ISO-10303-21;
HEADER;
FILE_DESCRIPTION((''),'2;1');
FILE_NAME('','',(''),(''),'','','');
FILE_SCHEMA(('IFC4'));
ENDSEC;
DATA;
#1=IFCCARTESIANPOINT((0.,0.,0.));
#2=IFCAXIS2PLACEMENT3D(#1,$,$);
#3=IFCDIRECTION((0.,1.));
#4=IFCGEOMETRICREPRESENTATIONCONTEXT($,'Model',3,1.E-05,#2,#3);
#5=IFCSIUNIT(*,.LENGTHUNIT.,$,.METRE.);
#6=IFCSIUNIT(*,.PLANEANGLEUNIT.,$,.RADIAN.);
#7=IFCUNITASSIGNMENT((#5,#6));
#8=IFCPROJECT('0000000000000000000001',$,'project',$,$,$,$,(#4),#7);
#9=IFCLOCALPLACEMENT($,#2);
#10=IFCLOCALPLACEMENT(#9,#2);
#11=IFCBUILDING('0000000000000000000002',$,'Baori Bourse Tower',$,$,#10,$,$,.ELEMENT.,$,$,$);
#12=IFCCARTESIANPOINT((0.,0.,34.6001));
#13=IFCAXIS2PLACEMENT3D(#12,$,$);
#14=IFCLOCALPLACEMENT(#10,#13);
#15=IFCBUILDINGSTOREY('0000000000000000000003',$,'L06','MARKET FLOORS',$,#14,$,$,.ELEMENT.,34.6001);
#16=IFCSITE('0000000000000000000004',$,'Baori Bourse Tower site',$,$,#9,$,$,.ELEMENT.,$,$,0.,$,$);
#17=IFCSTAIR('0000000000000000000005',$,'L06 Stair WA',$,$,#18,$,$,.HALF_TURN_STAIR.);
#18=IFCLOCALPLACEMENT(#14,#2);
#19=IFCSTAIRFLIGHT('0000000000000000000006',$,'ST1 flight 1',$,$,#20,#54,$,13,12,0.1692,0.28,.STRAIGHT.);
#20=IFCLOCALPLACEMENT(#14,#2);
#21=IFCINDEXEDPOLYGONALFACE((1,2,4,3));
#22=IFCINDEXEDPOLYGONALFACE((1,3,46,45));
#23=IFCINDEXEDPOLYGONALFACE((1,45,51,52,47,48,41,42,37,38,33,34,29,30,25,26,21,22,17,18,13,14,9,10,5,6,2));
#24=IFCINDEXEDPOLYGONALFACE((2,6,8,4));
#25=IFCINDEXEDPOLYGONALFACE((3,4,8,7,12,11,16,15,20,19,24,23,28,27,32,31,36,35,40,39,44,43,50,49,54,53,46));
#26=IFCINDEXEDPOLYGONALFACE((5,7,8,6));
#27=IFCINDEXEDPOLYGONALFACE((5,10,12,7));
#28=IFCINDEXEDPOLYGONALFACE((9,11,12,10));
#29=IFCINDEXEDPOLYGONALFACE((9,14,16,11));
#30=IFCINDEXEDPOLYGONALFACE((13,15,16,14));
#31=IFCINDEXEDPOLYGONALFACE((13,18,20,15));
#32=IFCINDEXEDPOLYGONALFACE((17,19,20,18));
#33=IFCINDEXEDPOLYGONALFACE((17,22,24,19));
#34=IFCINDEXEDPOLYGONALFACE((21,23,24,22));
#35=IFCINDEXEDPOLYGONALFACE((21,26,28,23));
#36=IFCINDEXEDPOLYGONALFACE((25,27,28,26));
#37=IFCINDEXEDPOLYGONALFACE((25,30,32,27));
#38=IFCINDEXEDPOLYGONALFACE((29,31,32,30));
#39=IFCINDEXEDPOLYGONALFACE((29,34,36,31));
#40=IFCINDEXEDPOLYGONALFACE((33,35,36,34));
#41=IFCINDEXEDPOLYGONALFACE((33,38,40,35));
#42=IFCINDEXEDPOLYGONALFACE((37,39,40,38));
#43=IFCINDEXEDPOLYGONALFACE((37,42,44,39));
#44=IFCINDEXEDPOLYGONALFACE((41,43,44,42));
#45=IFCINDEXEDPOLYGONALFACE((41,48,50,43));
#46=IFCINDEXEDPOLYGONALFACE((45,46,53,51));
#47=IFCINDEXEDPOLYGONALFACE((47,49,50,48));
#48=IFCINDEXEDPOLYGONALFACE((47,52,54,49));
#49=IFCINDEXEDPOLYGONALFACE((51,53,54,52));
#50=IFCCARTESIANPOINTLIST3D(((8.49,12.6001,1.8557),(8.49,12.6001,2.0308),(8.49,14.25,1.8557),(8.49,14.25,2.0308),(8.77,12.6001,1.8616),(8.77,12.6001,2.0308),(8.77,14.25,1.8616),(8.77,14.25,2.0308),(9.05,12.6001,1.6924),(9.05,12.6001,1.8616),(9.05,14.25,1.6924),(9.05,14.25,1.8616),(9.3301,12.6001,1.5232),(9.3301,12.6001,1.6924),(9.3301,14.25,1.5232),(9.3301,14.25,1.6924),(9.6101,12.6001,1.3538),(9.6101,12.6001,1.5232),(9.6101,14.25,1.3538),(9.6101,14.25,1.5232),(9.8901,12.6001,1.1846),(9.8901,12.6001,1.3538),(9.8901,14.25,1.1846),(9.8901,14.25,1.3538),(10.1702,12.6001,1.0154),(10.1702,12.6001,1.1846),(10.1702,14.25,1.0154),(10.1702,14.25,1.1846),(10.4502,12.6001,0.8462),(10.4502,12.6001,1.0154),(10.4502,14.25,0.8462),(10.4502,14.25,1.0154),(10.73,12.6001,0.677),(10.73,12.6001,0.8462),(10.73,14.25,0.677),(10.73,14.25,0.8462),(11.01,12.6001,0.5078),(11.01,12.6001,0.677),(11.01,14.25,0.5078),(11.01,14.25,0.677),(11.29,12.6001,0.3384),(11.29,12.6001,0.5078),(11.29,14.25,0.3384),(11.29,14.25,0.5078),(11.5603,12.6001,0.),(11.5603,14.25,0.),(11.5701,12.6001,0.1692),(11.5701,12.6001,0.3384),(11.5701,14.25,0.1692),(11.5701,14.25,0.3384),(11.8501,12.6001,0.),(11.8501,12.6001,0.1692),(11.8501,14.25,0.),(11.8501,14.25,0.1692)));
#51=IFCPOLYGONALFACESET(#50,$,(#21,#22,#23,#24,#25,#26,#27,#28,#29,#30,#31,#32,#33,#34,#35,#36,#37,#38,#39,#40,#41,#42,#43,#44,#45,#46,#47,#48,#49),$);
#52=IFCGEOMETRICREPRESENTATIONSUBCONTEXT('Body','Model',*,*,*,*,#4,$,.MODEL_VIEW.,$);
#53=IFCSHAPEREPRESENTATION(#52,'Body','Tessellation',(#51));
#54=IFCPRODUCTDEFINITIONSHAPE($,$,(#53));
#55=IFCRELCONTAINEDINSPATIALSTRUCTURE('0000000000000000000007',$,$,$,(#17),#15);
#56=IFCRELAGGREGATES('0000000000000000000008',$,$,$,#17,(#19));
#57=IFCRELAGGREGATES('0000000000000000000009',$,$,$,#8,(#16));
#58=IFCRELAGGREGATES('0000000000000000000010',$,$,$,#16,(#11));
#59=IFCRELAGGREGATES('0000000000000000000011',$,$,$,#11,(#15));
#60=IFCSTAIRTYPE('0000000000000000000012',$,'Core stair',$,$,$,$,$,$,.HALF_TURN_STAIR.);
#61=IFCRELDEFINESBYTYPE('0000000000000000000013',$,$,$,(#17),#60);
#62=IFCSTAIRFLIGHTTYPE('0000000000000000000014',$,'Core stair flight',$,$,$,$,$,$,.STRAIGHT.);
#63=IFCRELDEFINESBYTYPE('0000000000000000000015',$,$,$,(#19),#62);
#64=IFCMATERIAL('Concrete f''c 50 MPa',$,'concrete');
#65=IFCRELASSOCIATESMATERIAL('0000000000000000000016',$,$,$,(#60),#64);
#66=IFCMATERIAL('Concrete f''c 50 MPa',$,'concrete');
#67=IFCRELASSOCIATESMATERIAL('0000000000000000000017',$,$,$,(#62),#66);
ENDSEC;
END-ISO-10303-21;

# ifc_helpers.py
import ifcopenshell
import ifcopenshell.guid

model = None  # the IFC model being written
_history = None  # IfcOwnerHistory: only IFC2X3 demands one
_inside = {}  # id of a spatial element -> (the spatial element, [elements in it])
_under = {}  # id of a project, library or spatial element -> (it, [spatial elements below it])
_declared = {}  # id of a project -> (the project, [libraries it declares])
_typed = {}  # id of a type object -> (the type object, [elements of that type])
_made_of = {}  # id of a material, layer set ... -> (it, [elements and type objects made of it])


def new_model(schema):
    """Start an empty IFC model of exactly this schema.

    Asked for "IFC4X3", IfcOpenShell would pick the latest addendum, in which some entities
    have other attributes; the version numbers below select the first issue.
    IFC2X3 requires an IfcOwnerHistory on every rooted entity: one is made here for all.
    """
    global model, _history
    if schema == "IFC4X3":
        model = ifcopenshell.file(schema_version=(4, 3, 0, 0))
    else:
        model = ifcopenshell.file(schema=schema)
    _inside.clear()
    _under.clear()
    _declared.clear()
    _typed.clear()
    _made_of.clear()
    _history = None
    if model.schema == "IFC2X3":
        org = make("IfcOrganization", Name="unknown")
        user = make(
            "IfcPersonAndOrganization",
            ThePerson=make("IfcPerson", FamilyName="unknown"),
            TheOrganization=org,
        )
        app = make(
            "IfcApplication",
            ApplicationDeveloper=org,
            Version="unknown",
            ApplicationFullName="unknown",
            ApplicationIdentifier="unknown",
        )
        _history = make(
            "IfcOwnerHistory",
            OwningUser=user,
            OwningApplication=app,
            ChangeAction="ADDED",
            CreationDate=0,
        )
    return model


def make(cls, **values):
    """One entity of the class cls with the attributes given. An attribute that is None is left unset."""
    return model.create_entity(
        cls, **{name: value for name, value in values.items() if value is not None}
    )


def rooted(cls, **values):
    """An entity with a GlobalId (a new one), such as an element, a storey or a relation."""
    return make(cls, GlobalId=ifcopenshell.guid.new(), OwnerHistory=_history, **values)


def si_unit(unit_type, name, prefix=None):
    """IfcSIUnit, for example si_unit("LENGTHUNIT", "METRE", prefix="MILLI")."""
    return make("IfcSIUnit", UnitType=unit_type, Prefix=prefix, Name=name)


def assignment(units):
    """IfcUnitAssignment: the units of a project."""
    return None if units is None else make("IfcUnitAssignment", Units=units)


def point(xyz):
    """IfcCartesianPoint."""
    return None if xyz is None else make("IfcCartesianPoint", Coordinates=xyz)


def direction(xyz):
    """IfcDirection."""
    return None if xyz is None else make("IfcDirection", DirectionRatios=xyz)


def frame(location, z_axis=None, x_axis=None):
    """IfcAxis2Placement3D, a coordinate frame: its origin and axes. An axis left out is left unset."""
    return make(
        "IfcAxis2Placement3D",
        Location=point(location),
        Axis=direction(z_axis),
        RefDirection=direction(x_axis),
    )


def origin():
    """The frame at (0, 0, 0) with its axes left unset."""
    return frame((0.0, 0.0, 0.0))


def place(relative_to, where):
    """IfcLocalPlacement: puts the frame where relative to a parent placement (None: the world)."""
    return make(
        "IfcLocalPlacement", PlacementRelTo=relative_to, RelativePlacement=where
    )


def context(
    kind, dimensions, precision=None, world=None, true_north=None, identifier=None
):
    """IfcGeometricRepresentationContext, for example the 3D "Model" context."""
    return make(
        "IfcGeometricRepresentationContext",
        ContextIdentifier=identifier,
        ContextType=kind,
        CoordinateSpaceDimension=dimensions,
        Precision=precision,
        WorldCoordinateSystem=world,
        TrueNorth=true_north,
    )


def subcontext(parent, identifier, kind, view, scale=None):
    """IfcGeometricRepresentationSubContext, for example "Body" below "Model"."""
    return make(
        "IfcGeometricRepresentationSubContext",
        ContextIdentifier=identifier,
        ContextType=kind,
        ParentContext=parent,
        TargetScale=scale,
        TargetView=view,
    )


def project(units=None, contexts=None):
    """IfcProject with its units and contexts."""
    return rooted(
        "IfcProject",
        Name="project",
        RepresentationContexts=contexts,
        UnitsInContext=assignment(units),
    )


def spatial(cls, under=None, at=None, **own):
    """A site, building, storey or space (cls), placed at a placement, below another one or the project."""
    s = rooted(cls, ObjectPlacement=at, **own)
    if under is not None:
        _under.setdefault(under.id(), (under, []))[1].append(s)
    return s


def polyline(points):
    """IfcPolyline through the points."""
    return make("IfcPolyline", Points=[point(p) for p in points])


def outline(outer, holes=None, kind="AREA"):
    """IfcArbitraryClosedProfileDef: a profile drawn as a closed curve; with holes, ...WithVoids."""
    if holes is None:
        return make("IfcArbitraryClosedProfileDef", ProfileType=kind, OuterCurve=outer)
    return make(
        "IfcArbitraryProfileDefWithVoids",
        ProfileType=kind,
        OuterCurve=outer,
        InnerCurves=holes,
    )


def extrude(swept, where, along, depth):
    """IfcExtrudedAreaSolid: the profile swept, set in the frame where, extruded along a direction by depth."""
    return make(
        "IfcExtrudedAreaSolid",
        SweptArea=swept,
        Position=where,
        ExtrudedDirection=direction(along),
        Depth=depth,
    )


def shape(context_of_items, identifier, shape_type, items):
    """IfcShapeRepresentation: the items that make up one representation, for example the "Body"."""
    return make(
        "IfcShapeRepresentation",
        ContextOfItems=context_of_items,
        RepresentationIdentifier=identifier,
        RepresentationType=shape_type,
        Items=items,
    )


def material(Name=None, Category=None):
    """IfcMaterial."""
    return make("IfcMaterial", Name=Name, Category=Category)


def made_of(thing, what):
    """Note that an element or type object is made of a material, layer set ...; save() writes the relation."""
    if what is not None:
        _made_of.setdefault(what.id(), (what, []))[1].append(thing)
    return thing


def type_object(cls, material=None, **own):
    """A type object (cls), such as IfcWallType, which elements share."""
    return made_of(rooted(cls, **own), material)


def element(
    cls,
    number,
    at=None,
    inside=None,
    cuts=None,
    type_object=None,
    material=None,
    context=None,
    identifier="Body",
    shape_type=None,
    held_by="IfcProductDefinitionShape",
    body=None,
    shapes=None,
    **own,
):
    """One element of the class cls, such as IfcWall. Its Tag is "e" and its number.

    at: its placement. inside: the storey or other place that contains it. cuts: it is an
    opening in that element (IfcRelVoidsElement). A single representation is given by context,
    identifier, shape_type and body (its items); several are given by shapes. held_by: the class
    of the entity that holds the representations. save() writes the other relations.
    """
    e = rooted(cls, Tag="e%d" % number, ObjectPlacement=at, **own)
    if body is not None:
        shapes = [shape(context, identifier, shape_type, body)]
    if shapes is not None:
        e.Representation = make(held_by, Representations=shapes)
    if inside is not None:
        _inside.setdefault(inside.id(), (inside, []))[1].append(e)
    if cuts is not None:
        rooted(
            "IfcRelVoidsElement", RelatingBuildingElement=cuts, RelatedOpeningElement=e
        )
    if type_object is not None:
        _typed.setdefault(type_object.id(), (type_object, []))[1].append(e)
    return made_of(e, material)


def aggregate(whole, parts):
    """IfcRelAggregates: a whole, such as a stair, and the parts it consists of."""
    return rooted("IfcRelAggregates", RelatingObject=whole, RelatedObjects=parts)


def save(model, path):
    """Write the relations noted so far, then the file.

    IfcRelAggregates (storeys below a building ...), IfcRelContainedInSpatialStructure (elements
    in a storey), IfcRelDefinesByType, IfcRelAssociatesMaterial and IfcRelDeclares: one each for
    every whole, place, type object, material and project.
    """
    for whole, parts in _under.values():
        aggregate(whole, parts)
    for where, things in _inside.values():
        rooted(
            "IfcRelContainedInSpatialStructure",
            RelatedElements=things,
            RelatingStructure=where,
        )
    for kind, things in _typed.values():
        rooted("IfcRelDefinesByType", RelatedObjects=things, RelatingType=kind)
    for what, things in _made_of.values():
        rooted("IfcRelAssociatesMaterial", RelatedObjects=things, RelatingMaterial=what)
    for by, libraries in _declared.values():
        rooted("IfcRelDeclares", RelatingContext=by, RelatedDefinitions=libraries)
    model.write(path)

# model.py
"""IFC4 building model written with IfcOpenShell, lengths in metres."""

from ifc_helpers import new_model, si_unit, direction, frame, origin, place, context, subcontext, project, spatial, polyline, outline, extrude, material, type_object, element, aggregate, save


model = new_model("IFC4")

# Units and contexts
model_context = context("Model", 3, precision=1e-05, world=origin(), true_north=direction((0.0, 1.0)))
body_context = subcontext(model_context, "Body", "Model", "MODEL_VIEW")
ifc_project = project(units=[si_unit("LENGTHUNIT", "METRE"), si_unit("PLANEANGLEUNIT", "RADIAN")], contexts=[model_context])

# Site, building, storey
site_placement = place(None, origin())
site = spatial("IfcSite", under=ifc_project, at=site_placement, Name="Baori Bourse Tower site", CompositionType="ELEMENT", RefElevation=0.0)
building_placement = place(site_placement, origin())
building = spatial("IfcBuilding", under=site, at=building_placement, Name="Baori Bourse Tower", CompositionType="ELEMENT")
storey_placement = place(building_placement, frame((0.0, 0.0, 34.6001)))
storey = spatial("IfcBuildingStorey", under=building, at=storey_placement, Name="L06", Description="MARKET FLOORS", CompositionType="ELEMENT", Elevation=34.6001)

# Stair, stair flight
ifc_material_1 = material(Name="Concrete f'c 50 MPa", Category="concrete")
stair_type = type_object("IfcStairType", Name="Core stair", PredefinedType="HALF_TURN_STAIR", material=ifc_material_1)
stair_placement = place(storey_placement, origin())
stair = element("IfcStair", 1, at=stair_placement, inside=storey, type_object=stair_type, Name="L06 Stair WA", PredefinedType="HALF_TURN_STAIR")
ifc_material_2 = material(Name="Concrete f'c 50 MPa", Category="concrete")
stair_flight_type = type_object("IfcStairFlightType", Name="Core stair flight", PredefinedType="STRAIGHT", material=ifc_material_2)
stair_flight_placement = place(storey_placement, frame((11.8501, 13.425, 0.0), z_axis=(0.0, 0.0, 1.0), x_axis=(-1.0, 0.0, 0.0)))
stair_flight = element("IfcStairFlight", 2, at=stair_flight_placement, type_object=stair_flight_type, Name="ST1 flight 1", NumberOfRisers=13, NumberOfTreads=12, PredefinedType="STRAIGHT", RiserHeight=0.1692, TreadLength=0.28, context=body_context, shape_type="SweptSolid", body=[
    extrude(outline(polyline([(0.0, 0.0), (0.0, 0.1692), (0.28, 0.1692), (0.28, 0.3384), (0.5601, 0.3384), (0.5601, 0.5078), (0.8401, 0.5078), (0.8401, 0.677), (1.1201, 0.677), (1.1201, 0.8462), (1.3999, 0.8462), (1.3999, 1.0154), (1.6799, 1.0154), (1.6799, 1.1846), (1.96, 1.1846), (1.96, 1.3538), (2.24, 1.3538), (2.24, 1.5232), (2.52, 1.5232), (2.52, 1.6924), (2.8, 1.6924), (2.8, 1.8616), (3.0801, 1.8616), (3.0801, 2.0308), (3.3601, 2.0308), (3.3601, 2.2), (3.3601, 1.8557), (0.2898, 0.0), (0.0, 0.0)])), frame((0.0, 0.825, 0.0), z_axis=(0.0, -1.0, 0.0), x_axis=(1.0, 0.0, 0.0)), (0.0, 0.0, 1.0), 1.6499),
])
aggregate(stair, [stair_flight])

save(model, "model.ifc")
